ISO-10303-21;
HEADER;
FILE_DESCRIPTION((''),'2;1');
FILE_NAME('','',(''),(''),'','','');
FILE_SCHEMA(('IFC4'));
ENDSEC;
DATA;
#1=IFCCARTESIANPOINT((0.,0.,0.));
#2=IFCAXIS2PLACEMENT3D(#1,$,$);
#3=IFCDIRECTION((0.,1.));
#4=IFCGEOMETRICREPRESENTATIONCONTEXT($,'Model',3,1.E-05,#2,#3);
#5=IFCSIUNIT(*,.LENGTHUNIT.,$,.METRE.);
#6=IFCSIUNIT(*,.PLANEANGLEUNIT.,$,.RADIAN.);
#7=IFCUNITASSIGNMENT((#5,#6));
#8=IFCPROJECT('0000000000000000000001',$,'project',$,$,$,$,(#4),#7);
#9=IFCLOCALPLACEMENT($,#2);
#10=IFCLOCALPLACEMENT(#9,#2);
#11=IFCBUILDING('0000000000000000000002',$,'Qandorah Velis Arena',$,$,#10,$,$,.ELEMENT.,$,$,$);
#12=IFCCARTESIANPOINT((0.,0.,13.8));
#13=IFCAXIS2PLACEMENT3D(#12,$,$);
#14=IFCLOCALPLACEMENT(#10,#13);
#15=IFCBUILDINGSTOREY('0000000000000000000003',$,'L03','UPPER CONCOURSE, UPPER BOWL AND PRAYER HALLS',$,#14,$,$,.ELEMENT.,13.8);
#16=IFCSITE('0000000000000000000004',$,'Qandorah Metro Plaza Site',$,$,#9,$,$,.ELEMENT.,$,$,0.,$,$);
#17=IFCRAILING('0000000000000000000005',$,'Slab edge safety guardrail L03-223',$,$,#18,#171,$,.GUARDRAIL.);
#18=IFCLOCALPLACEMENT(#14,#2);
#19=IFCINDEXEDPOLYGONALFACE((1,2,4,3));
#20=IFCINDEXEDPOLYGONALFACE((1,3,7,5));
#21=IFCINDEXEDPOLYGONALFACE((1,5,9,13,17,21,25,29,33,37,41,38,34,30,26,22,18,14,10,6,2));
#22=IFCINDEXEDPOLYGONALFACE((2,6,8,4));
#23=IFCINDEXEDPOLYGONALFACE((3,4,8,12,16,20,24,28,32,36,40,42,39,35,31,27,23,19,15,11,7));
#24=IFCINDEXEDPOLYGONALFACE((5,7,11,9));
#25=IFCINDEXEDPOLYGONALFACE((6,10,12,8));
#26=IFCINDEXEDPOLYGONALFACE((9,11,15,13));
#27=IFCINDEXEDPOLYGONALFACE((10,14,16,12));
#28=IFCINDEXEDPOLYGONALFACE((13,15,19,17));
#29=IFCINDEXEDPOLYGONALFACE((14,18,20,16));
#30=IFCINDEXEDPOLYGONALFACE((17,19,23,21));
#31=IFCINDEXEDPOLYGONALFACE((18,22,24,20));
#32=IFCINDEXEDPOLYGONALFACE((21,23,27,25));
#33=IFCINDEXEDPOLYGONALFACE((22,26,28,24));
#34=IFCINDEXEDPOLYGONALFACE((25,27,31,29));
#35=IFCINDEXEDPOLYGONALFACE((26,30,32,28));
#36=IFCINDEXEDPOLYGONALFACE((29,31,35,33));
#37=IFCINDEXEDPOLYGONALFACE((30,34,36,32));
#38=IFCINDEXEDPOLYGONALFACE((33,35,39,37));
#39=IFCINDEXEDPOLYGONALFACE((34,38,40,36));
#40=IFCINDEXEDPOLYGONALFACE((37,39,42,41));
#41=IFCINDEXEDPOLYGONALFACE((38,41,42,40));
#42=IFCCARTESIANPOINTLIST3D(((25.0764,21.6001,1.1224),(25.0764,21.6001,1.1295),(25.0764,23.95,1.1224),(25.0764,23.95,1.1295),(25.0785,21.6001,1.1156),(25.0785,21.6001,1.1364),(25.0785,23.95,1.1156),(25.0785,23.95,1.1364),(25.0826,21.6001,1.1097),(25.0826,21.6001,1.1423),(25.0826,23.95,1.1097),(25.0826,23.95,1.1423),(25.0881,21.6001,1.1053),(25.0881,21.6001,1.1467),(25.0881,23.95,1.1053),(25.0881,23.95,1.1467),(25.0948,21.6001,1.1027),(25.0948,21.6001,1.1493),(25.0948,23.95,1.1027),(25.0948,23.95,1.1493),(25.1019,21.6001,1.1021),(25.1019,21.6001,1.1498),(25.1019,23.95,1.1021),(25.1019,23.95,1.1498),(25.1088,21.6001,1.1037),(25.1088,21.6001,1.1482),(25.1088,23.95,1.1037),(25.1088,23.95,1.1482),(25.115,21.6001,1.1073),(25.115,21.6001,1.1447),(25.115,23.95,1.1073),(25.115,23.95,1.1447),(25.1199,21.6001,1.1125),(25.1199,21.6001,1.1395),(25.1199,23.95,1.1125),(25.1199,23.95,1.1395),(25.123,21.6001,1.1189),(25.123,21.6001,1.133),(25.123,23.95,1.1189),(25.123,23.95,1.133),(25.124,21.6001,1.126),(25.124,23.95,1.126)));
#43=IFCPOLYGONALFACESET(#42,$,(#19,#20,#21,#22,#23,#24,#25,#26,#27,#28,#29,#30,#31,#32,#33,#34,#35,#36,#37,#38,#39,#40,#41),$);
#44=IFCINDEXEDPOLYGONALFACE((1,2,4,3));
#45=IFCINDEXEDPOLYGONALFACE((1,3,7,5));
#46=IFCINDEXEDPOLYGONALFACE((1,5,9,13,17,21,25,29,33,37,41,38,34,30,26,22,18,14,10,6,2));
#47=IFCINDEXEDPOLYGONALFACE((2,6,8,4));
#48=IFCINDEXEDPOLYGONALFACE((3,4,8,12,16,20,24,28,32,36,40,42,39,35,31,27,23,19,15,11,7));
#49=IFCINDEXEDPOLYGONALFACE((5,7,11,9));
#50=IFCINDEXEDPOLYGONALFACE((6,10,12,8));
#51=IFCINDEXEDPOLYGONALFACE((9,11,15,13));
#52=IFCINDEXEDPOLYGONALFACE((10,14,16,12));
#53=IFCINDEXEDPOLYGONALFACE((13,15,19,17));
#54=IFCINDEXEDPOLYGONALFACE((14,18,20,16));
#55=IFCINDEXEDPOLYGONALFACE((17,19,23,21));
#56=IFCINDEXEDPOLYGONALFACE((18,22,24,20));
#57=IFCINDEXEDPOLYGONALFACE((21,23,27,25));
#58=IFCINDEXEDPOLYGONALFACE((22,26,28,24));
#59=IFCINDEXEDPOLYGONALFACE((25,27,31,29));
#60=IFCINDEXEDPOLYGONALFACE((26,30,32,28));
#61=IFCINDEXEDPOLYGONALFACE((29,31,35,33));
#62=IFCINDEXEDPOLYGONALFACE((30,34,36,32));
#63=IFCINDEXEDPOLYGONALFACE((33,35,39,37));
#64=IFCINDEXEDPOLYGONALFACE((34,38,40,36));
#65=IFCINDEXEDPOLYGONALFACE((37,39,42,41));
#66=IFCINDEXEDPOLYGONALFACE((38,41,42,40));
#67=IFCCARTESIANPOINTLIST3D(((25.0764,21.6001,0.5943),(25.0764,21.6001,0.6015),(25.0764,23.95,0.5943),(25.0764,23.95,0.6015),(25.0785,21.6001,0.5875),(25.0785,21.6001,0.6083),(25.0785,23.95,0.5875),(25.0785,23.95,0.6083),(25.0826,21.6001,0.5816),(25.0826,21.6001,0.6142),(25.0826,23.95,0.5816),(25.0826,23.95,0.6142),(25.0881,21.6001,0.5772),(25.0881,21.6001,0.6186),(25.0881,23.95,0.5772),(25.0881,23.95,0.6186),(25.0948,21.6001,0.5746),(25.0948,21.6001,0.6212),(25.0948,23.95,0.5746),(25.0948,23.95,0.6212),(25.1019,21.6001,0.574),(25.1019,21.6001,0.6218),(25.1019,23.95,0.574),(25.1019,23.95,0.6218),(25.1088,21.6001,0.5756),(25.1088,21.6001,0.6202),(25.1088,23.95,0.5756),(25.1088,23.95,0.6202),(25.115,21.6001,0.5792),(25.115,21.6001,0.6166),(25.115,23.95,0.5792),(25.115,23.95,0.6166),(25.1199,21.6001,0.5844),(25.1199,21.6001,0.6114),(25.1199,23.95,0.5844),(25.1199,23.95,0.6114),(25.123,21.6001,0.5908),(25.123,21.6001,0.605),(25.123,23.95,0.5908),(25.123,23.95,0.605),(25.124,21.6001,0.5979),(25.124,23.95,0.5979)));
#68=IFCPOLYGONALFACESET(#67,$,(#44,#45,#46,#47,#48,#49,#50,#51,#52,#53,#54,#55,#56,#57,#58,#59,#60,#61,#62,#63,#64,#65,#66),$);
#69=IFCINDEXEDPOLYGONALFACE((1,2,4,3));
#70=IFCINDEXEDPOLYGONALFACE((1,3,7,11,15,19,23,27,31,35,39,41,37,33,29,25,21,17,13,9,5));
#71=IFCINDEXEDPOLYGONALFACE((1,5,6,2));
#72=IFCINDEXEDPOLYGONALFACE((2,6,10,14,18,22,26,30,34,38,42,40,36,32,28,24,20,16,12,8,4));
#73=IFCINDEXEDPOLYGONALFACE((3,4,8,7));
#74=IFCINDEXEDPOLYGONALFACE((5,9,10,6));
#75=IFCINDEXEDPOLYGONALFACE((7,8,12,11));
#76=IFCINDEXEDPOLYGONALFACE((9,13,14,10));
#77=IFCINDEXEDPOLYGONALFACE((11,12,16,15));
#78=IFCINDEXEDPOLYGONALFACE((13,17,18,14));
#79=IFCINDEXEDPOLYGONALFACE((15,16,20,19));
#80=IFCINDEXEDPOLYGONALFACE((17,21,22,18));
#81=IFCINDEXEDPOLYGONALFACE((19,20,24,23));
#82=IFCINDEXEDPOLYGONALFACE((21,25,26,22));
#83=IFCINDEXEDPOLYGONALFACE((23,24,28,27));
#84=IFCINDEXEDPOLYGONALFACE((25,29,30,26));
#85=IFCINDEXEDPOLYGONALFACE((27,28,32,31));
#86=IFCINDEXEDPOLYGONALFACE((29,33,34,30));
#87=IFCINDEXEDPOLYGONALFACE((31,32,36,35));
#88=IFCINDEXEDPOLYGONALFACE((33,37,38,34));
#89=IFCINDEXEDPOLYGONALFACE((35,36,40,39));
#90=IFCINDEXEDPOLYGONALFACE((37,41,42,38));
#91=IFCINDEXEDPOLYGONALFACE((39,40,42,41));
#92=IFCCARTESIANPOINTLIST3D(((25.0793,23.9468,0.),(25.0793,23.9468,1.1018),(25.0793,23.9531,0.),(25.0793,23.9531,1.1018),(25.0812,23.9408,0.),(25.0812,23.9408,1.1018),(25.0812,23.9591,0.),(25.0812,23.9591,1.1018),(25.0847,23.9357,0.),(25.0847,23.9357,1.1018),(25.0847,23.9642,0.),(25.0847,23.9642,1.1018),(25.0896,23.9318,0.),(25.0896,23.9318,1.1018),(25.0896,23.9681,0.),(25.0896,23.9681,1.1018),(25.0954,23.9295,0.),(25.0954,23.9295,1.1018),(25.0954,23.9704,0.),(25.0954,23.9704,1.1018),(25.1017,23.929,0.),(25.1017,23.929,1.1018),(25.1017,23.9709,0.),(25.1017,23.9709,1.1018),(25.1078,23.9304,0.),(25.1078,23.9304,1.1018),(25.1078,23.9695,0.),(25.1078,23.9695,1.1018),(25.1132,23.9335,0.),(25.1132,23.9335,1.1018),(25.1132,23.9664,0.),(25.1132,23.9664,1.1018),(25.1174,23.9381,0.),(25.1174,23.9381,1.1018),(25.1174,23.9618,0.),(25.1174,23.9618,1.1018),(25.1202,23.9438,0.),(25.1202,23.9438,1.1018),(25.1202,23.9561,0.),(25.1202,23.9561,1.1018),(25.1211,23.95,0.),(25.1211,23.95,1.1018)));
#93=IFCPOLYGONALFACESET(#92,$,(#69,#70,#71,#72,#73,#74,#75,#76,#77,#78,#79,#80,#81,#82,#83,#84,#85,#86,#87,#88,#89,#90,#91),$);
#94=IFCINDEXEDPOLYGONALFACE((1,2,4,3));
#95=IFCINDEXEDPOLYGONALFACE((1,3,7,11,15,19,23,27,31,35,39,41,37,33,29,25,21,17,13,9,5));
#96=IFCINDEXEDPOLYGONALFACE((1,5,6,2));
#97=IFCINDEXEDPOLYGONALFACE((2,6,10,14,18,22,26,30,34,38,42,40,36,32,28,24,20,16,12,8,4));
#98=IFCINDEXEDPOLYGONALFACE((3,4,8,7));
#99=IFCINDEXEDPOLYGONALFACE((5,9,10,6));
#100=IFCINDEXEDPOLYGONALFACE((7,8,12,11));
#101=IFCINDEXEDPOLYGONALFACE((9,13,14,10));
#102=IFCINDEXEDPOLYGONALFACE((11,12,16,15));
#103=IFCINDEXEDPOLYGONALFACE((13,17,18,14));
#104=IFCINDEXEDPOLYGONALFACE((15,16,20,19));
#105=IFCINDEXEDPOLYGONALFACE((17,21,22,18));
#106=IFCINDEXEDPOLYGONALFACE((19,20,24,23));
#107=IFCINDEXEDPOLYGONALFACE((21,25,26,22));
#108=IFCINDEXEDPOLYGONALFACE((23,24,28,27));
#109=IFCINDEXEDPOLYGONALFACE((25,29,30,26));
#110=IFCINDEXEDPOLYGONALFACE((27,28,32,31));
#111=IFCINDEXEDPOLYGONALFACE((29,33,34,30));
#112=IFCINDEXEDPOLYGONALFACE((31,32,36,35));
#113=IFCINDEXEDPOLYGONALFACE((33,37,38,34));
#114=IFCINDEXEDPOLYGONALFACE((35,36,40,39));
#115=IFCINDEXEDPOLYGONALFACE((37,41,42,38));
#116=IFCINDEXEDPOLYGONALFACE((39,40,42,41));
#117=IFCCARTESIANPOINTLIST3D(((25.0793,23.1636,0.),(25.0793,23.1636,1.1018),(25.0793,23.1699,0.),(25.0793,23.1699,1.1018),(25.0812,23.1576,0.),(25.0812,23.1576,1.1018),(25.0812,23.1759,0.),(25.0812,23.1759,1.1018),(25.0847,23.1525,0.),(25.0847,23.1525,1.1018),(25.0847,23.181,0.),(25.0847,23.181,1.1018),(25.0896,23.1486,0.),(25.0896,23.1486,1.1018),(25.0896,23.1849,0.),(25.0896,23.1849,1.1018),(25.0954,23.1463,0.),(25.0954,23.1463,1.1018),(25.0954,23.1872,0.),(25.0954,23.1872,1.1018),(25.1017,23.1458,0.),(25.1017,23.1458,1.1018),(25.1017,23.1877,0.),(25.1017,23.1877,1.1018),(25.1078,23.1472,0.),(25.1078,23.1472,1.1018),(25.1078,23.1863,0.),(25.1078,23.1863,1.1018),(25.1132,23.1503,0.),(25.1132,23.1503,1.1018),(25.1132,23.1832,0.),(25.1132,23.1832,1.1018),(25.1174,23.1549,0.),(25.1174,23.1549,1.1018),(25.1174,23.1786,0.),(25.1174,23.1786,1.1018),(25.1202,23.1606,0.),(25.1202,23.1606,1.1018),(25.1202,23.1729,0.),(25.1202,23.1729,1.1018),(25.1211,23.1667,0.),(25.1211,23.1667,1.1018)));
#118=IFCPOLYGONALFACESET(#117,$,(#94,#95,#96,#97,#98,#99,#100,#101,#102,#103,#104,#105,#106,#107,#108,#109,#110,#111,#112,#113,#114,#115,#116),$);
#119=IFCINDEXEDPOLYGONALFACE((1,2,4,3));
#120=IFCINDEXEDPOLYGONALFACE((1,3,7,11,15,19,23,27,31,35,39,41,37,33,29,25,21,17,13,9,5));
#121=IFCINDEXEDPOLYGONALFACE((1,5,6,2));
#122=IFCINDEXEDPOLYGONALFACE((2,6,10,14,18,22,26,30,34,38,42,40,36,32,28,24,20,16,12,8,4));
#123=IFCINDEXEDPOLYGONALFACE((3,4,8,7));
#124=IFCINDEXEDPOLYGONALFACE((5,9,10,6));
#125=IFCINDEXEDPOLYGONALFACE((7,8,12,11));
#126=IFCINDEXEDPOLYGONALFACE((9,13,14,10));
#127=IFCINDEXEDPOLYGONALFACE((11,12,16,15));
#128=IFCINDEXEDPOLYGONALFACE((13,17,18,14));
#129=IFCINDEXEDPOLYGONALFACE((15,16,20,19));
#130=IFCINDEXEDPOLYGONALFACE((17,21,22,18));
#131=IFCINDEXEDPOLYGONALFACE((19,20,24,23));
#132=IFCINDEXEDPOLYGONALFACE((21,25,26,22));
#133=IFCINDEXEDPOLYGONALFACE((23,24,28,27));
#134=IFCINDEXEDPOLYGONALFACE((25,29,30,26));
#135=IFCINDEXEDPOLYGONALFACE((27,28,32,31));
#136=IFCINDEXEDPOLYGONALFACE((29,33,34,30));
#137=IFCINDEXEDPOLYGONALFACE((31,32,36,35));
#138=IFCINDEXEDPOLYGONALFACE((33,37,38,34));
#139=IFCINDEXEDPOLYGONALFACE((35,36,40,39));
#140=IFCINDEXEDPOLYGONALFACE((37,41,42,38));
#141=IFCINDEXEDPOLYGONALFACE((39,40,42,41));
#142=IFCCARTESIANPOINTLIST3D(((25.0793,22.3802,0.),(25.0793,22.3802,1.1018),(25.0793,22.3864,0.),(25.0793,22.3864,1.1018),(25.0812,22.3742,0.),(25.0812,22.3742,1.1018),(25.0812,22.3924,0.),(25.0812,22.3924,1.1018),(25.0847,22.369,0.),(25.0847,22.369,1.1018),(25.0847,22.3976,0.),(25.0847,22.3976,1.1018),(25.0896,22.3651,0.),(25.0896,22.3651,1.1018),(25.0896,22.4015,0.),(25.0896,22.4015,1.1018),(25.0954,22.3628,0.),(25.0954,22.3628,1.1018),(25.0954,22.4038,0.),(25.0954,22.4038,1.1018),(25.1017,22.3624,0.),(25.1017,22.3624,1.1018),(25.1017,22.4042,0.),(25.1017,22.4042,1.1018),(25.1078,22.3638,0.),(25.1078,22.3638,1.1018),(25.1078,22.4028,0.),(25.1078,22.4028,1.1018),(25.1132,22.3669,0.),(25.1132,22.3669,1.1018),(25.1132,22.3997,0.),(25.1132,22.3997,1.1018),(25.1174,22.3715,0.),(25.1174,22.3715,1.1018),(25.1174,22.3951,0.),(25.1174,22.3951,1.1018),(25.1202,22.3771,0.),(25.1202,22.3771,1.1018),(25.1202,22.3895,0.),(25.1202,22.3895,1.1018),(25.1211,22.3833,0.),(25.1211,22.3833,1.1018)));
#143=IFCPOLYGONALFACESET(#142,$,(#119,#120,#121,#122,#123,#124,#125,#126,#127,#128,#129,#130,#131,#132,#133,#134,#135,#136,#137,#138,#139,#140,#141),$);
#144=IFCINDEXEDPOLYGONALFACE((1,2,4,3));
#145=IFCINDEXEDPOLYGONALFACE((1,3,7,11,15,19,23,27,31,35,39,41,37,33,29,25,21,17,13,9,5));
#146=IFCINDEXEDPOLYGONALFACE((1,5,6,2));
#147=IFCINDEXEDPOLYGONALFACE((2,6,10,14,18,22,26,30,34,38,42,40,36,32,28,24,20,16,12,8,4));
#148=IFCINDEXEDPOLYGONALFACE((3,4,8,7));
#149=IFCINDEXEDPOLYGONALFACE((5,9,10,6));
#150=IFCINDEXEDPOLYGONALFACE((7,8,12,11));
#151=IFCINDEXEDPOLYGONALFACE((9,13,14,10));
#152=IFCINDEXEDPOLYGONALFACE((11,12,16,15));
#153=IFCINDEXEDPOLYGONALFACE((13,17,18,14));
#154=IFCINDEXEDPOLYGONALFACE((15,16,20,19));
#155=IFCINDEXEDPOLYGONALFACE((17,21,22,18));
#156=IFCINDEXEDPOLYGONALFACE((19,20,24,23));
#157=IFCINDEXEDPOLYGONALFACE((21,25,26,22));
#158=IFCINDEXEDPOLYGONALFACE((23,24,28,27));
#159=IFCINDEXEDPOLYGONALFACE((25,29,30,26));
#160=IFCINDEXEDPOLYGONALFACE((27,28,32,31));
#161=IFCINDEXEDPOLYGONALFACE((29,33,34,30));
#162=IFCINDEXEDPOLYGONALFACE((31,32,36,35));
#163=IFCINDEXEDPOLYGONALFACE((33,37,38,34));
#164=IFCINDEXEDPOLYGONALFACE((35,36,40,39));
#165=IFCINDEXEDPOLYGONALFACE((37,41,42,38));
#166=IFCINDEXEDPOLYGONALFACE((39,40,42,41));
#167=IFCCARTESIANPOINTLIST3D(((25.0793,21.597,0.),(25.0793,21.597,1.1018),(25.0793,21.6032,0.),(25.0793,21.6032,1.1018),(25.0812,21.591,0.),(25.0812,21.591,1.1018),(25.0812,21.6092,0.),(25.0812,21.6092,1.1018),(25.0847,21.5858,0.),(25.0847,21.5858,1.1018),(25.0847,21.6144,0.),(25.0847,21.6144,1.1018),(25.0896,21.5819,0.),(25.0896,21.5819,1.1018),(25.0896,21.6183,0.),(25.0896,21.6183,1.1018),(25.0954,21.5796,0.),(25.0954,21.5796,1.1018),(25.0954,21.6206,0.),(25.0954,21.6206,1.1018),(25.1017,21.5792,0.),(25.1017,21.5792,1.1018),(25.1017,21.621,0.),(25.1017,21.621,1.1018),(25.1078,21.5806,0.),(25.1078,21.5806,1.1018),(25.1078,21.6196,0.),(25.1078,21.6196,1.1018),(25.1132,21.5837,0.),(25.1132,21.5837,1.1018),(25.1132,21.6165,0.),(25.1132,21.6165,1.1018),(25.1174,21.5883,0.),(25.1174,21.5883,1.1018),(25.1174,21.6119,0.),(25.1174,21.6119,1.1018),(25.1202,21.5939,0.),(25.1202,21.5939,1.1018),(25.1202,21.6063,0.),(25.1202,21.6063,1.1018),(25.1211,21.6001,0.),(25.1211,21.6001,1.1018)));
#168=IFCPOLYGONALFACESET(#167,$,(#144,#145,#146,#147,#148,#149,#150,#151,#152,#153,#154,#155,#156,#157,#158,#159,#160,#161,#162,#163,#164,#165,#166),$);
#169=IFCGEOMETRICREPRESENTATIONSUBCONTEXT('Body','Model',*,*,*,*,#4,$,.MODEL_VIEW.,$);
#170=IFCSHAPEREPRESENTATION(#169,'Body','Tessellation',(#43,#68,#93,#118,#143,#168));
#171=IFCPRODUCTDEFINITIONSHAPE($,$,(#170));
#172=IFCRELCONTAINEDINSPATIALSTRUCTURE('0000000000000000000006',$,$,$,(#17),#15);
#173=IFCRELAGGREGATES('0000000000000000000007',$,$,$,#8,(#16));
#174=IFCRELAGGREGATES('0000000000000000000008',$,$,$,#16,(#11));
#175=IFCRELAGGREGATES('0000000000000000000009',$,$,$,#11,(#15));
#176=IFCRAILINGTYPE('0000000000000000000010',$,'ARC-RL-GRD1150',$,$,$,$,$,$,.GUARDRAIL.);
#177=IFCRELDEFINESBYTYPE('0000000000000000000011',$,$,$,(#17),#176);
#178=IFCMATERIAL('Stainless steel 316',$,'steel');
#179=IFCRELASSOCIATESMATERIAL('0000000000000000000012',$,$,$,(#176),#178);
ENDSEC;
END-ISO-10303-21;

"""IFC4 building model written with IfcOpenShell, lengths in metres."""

from ifc_helpers import new_model, si_unit, direction, frame, origin, origin_2d, place, context, subcontext, project, spatial, circle, extrude, material, type_object, element, save


model = new_model("IFC4")

# Units and contexts
model_context = context("Model", 3, precision=1e-05, world=origin(), true_north=direction((0.0, 1.0)))
body_context = subcontext(model_context, "Body", "Model", "MODEL_VIEW")
ifc_project = project(units=[si_unit("LENGTHUNIT", "METRE"), si_unit("PLANEANGLEUNIT", "RADIAN")], contexts=[model_context])

# Site, building, storey
site_placement = place(None, origin())
site = spatial("IfcSite", under=ifc_project, at=site_placement, Name="Qandorah Metro Plaza Site", CompositionType="ELEMENT", RefElevation=0.0)
building_placement = place(site_placement, origin())
building = spatial("IfcBuilding", under=site, at=building_placement, Name="Qandorah Velis Arena", CompositionType="ELEMENT")
storey_placement = place(building_placement, frame((0.0, 0.0, 13.8)))
storey = spatial("IfcBuildingStorey", under=building, at=storey_placement, Name="L03", Description="UPPER CONCOURSE, UPPER BOWL AND PRAYER HALLS", CompositionType="ELEMENT", Elevation=13.8)

# Railing
ifc_material_1 = material(Name="Stainless steel 316", Category="steel")
railing_type = type_object("IfcRailingType", Name="ARC-RL-GRD1150", PredefinedType="GUARDRAIL", material=ifc_material_1)
railing_1_placement = place(storey_placement, frame((25.1001, 23.95, 0.0)))
element("IfcRailing", 1, at=railing_1_placement, inside=storey, type_object=railing_type, Name="Slab edge safety guardrail L03-223", PredefinedType="GUARDRAIL", context=body_context, shape_type="SweptSolid", body=[
    extrude(circle(Radius=0.0239, at=origin_2d()), frame((0.0, 0.0, 1.126), z_axis=(0.0, -1.0, 0.0), x_axis=(1.0, 0.0, 0.0)), (0.0, 0.0, 1.0), 2.3499),
    extrude(circle(Radius=0.0239, at=origin_2d()), frame((0.0, 0.0, 0.5979), z_axis=(0.0, -1.0, 0.0), x_axis=(1.0, 0.0, 0.0)), (0.0, 0.0, 1.0), 2.3499),
    extrude(circle(Radius=0.021, at=origin_2d()), origin(), (0.0, 0.0, 1.0), 1.1018),
    extrude(circle(Radius=0.021, at=origin_2d()), frame((0.0, -0.7832, 0.0)), (0.0, 0.0, 1.0), 1.1018),
    extrude(circle(Radius=0.021, at=origin_2d()), frame((0.0, -1.5667, 0.0)), (0.0, 0.0, 1.0), 1.1018),
    extrude(circle(Radius=0.021, at=origin_2d()), frame((0.0, -2.3499, 0.0)), (0.0, 0.0, 1.0), 1.1018),
])

save(model, "model.ifc")
